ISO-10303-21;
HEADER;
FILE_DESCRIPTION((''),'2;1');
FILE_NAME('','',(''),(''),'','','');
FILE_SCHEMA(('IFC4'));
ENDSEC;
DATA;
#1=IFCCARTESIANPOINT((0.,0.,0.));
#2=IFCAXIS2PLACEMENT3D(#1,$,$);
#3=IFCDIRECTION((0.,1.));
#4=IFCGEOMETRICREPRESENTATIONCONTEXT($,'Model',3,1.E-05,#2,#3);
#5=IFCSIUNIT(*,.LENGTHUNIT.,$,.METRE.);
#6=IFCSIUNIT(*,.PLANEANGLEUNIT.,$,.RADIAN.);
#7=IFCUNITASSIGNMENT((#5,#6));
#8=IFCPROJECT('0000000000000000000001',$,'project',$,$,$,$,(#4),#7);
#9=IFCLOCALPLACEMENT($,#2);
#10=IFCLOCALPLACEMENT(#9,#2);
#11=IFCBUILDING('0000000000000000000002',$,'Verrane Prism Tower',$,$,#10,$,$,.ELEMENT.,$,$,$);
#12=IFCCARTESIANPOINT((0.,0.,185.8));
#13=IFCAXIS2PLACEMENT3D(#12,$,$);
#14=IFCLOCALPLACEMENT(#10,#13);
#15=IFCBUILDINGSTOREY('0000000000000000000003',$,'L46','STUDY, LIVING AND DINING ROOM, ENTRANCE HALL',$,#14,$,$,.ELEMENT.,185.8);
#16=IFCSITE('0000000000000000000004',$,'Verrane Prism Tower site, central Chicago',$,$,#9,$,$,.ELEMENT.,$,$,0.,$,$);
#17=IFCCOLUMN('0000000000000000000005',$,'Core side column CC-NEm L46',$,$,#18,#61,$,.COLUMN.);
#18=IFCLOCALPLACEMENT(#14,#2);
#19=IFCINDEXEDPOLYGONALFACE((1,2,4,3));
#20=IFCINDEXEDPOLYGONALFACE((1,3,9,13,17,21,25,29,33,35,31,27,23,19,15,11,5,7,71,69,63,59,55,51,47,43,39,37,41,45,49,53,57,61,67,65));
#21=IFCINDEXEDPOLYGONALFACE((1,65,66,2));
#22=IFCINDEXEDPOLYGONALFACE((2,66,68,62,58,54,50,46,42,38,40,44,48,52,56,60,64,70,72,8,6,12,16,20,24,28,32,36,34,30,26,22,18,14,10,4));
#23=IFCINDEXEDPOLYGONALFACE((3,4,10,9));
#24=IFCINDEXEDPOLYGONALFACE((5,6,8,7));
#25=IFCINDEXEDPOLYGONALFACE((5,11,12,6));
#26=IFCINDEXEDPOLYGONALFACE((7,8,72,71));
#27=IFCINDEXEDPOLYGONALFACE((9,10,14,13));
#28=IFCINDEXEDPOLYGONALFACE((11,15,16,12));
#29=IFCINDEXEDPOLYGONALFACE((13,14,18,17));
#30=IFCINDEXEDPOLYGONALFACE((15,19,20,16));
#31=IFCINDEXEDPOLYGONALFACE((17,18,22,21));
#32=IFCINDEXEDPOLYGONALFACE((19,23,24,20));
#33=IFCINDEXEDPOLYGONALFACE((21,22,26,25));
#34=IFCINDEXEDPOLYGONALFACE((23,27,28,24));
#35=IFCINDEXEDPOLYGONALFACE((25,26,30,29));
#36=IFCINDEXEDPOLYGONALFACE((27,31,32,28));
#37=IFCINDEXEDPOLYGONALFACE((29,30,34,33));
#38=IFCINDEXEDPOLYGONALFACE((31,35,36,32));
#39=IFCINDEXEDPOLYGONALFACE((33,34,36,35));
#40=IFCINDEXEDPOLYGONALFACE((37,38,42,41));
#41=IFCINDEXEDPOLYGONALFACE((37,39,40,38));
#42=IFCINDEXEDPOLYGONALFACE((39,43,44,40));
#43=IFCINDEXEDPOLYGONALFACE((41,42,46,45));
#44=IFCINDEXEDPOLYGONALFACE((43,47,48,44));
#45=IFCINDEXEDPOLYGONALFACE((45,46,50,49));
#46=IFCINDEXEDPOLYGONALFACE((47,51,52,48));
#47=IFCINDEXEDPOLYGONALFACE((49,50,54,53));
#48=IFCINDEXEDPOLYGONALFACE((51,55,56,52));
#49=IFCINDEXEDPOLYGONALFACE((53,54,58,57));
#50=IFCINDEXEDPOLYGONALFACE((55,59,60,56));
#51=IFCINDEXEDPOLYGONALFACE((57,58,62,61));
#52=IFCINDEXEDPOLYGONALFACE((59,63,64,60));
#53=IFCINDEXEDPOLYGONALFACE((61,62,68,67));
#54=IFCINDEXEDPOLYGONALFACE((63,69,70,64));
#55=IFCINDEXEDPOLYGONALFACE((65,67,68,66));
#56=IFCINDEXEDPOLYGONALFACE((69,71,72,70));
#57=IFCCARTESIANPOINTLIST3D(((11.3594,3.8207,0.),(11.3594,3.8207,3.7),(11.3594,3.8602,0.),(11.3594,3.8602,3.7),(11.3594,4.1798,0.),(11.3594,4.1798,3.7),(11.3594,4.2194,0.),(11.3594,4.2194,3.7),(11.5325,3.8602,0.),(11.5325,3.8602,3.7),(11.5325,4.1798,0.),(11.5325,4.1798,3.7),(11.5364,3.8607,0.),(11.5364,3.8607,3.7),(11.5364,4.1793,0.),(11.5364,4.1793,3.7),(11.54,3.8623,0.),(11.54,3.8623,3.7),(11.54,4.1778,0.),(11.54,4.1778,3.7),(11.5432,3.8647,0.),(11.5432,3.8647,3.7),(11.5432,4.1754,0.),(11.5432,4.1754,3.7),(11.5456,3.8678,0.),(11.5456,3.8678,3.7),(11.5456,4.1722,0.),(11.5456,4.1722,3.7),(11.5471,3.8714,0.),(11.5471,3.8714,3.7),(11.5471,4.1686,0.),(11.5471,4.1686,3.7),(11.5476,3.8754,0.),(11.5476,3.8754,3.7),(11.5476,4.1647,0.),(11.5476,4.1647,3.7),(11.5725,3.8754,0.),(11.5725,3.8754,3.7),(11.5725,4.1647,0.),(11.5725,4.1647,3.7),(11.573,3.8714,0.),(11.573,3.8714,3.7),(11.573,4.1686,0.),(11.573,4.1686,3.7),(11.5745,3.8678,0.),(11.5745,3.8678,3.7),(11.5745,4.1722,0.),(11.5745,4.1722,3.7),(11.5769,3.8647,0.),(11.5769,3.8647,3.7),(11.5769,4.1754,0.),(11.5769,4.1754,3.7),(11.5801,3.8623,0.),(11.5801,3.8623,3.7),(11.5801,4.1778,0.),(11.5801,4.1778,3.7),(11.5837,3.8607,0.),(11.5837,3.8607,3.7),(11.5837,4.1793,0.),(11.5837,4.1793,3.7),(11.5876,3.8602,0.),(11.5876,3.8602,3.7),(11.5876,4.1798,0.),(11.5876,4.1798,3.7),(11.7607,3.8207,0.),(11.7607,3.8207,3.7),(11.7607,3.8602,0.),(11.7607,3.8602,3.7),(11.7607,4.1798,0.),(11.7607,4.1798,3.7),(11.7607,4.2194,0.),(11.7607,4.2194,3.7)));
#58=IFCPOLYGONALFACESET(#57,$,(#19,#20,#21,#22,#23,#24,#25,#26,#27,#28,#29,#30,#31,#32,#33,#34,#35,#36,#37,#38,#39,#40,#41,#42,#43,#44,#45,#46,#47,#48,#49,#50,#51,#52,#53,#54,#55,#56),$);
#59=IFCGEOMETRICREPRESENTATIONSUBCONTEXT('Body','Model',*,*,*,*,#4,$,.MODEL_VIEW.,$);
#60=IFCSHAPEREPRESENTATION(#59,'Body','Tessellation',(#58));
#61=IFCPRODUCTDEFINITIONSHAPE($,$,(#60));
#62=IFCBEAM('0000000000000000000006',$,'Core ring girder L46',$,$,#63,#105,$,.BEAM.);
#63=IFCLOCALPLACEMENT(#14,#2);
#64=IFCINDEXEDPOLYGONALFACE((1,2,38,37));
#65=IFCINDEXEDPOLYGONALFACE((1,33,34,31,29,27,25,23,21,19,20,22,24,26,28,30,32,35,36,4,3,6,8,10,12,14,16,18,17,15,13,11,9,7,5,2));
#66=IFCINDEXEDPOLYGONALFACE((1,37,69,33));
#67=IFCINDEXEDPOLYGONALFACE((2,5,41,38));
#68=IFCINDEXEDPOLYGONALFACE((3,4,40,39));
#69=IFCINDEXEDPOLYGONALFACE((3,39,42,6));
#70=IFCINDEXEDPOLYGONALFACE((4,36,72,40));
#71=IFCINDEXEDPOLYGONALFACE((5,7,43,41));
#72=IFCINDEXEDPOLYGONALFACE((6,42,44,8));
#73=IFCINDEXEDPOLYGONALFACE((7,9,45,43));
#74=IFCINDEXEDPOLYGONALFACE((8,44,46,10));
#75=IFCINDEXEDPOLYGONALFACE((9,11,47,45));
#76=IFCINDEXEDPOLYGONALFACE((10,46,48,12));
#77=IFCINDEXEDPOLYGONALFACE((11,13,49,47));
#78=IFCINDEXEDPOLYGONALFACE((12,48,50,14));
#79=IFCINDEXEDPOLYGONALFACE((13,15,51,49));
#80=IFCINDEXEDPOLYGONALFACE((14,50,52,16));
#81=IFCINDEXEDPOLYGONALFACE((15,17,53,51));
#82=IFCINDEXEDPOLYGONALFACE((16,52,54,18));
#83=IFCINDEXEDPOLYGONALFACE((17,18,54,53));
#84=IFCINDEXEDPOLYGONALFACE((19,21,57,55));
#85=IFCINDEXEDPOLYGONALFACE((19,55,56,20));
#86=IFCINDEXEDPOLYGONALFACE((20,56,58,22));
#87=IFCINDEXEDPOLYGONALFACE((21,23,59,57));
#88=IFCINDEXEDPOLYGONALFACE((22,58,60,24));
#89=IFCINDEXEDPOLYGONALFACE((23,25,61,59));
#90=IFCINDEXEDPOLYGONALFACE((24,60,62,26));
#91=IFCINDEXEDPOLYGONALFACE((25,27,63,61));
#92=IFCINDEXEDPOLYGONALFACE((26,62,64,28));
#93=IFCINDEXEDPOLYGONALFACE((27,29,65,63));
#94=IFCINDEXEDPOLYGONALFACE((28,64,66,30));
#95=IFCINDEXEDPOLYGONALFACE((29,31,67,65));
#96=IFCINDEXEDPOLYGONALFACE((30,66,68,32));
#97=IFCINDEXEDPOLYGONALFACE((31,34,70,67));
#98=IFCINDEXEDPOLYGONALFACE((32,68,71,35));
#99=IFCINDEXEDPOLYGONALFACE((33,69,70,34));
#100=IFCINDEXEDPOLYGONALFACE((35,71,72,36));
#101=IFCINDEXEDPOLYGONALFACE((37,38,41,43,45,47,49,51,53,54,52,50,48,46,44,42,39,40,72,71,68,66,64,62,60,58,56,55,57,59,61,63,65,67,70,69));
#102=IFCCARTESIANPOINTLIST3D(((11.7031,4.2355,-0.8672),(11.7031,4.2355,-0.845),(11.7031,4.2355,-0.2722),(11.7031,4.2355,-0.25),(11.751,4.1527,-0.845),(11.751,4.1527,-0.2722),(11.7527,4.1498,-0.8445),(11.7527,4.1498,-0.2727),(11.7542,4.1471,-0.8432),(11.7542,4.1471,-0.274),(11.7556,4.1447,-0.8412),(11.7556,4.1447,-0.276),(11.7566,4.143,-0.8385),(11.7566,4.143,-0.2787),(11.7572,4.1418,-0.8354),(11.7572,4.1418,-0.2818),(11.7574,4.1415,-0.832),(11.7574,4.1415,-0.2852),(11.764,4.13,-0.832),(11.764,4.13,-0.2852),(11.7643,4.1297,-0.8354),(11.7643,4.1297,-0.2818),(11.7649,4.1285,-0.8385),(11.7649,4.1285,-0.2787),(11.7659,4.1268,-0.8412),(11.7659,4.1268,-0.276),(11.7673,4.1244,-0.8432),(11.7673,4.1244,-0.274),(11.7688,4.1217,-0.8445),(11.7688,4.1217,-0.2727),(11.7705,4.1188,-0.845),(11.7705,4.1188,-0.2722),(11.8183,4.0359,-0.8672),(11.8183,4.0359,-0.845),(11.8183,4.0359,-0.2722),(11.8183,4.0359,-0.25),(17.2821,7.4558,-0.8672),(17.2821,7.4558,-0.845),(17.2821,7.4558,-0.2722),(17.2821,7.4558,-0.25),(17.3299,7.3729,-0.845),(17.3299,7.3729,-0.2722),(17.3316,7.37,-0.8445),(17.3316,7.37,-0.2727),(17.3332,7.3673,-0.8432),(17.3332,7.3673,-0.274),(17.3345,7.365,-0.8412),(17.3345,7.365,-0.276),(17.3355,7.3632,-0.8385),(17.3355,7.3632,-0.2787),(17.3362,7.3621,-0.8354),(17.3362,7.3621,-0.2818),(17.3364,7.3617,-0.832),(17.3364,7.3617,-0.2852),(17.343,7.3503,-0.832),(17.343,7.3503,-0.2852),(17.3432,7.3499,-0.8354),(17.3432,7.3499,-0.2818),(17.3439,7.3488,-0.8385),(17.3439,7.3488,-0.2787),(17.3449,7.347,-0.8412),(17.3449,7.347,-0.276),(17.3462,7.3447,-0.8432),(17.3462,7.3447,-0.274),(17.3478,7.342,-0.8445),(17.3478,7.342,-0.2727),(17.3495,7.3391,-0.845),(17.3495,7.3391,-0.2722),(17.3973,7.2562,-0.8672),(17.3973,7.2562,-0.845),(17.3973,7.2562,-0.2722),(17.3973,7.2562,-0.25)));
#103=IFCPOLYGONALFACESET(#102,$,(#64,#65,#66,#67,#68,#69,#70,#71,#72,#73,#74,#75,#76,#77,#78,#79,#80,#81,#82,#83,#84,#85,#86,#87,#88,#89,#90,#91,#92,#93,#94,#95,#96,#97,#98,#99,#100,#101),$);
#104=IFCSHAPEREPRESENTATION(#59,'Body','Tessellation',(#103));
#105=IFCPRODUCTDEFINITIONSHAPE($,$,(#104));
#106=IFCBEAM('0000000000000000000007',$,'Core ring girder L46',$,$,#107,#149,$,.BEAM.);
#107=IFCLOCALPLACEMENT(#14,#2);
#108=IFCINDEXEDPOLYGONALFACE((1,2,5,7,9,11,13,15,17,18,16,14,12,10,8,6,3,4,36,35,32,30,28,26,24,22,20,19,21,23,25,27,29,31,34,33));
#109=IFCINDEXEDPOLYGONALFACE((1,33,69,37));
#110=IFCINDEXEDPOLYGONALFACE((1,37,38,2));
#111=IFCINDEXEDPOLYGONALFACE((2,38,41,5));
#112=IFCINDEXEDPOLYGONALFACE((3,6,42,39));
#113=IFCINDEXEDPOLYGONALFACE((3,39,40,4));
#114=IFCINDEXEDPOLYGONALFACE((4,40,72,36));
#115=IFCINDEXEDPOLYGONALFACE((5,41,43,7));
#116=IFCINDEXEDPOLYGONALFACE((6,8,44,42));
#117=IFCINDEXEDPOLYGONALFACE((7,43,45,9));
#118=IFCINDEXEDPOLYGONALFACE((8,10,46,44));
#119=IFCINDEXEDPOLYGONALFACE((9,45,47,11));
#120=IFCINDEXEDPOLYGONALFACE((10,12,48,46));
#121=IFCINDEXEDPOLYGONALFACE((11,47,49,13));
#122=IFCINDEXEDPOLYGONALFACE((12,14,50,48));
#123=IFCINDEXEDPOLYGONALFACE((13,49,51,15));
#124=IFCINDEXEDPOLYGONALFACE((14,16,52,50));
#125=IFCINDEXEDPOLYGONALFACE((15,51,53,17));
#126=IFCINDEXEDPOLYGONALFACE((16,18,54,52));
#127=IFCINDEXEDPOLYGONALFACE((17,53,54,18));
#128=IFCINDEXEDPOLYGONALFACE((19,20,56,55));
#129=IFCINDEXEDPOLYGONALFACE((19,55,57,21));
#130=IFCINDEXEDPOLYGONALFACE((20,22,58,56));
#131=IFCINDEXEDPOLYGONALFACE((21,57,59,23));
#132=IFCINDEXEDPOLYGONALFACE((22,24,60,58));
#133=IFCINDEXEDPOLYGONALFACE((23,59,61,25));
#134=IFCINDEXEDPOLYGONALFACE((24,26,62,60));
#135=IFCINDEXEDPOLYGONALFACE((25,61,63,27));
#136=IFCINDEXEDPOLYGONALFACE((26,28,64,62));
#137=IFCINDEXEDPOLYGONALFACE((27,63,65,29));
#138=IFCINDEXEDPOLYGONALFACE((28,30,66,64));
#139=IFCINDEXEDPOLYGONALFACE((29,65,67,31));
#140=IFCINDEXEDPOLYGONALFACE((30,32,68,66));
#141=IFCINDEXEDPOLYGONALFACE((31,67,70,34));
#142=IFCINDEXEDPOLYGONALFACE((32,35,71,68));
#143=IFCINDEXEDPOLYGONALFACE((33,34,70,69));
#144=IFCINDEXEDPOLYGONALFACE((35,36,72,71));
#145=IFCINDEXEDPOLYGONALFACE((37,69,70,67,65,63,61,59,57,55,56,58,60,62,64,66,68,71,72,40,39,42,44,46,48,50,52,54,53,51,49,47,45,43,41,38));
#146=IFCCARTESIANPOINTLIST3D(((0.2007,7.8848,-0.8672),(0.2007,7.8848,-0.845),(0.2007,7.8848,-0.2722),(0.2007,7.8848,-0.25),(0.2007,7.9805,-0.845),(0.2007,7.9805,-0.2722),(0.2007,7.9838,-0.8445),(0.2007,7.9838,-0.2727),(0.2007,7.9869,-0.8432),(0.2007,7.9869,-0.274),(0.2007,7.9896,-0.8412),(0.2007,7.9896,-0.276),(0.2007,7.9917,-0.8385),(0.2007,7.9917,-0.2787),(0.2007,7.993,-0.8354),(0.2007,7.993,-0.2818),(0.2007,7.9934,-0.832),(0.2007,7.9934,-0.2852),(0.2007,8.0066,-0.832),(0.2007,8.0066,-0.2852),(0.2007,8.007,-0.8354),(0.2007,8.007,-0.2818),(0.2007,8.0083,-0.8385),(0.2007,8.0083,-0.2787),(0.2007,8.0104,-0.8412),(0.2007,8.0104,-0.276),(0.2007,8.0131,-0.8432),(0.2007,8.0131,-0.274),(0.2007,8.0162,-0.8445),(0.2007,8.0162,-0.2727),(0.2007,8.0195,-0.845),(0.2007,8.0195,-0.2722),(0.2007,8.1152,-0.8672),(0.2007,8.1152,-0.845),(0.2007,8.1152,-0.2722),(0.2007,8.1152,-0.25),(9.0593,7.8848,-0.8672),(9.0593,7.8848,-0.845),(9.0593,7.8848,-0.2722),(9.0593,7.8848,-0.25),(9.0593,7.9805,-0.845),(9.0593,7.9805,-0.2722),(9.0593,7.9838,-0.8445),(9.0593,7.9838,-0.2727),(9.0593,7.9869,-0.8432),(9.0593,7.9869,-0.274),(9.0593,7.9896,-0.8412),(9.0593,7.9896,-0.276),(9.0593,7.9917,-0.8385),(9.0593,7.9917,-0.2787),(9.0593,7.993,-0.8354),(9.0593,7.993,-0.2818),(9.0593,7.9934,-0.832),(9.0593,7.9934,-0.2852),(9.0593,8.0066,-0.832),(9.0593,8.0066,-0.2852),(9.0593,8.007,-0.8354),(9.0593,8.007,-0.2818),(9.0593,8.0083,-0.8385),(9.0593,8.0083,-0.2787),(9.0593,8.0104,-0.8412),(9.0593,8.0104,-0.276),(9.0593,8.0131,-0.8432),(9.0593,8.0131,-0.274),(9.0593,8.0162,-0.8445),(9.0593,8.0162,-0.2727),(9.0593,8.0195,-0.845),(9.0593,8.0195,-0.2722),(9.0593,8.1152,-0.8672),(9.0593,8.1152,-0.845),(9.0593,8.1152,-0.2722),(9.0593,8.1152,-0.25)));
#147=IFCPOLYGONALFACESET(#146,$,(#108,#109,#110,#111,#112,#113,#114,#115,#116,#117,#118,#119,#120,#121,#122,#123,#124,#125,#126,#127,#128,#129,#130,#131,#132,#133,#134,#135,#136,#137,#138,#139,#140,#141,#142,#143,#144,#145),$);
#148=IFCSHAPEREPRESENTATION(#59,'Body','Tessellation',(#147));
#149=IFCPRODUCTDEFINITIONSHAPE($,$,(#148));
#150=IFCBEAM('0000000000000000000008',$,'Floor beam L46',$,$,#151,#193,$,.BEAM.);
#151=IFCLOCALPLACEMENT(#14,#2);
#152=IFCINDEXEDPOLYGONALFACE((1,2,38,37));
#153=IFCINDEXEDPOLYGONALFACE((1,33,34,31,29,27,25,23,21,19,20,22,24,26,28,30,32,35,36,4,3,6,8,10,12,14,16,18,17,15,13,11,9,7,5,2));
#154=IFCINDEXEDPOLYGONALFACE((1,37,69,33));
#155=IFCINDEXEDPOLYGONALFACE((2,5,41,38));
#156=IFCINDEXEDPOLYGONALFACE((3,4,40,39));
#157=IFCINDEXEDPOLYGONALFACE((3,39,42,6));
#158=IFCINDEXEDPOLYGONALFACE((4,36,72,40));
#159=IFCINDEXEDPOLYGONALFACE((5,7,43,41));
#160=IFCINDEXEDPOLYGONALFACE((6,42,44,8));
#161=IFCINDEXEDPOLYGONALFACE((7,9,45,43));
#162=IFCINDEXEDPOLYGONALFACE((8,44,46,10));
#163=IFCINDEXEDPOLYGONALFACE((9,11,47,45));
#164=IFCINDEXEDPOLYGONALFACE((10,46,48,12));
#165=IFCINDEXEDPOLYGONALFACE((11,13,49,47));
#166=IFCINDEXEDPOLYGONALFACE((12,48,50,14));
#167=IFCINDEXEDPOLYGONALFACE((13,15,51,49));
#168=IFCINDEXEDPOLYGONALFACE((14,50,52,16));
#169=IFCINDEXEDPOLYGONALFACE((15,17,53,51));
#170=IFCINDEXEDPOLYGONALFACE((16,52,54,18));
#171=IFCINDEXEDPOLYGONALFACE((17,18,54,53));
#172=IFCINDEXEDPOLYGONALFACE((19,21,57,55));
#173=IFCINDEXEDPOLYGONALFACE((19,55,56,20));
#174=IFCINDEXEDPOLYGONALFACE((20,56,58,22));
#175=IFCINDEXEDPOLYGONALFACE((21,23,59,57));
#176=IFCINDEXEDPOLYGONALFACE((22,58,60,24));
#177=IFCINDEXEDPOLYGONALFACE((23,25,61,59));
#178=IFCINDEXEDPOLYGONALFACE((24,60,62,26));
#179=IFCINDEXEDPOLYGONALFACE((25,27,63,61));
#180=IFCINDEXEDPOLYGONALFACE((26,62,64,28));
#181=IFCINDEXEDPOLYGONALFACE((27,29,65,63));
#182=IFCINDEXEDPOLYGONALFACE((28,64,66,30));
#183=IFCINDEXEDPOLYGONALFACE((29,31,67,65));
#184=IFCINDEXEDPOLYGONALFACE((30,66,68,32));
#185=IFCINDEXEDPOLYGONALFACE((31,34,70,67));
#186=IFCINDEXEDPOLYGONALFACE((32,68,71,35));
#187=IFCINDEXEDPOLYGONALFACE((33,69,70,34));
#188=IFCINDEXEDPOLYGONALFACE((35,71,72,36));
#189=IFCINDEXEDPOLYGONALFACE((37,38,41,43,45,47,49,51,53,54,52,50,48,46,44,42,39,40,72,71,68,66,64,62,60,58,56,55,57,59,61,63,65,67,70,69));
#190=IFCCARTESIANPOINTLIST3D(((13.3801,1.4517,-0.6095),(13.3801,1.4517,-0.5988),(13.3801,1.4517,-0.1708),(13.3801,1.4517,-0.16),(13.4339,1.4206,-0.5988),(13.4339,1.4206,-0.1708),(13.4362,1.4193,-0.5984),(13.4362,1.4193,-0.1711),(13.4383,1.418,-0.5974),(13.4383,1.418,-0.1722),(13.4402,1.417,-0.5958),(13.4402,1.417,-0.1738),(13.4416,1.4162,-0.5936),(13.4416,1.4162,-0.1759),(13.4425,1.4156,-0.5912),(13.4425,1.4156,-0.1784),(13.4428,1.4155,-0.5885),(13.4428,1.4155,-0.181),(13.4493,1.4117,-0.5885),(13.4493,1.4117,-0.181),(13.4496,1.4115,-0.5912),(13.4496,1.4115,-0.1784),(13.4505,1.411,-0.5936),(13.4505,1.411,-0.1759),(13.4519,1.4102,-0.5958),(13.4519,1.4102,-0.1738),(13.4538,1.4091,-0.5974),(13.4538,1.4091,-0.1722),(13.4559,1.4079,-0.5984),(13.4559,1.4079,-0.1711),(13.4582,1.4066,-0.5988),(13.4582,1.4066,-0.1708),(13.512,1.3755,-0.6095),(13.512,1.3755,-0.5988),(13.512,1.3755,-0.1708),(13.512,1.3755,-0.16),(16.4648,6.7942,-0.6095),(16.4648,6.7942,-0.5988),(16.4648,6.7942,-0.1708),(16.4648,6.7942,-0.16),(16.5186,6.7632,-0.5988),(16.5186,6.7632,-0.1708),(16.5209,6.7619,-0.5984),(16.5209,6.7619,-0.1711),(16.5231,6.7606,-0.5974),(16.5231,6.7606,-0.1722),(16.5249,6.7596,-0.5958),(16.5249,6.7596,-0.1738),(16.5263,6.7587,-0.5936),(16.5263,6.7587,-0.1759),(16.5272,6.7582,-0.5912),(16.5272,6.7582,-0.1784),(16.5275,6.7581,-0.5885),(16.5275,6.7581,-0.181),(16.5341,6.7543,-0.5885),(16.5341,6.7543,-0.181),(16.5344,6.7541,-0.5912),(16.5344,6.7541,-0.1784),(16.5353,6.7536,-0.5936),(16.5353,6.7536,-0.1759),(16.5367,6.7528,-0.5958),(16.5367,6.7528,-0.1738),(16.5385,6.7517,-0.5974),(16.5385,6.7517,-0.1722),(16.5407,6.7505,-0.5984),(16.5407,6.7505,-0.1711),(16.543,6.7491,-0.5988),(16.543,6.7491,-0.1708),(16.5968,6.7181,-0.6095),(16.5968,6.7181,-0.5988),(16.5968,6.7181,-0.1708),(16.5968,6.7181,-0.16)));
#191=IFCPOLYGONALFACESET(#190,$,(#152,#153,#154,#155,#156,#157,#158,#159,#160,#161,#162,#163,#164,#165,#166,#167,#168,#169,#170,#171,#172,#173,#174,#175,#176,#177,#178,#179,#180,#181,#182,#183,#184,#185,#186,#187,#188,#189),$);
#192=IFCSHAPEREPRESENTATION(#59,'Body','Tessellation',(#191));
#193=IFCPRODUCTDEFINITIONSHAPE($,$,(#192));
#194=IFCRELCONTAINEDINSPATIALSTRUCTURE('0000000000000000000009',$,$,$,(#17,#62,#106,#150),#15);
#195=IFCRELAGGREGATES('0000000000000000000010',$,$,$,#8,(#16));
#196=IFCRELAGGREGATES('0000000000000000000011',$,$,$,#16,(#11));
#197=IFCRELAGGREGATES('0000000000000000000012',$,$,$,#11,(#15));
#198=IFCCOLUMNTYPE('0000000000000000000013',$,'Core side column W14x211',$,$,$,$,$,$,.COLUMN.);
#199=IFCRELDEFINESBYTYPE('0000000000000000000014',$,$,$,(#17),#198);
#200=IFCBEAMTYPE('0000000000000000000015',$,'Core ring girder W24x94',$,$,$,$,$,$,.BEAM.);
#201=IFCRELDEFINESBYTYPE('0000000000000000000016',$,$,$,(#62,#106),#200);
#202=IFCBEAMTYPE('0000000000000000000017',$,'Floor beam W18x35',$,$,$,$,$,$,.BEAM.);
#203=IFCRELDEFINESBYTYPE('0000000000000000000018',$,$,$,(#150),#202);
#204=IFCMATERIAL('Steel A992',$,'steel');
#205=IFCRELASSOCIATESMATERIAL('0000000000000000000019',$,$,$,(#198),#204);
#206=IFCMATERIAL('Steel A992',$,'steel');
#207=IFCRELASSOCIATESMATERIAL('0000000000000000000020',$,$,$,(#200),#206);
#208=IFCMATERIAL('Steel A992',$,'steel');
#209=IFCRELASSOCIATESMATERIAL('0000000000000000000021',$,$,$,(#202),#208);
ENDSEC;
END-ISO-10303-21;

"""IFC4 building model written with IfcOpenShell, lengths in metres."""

from ifc_helpers import new_model, si_unit, direction, frame, origin, origin_2d, place, context, subcontext, project, spatial, i_section, extrude, material, material_profile, profile_set, type_object, element, save


model = new_model("IFC4")

# Units and contexts
model_context = context("Model", 3, precision=1e-05, world=origin(), true_north=direction((0.0, 1.0)))
body_context = subcontext(model_context, "Body", "Model", "MODEL_VIEW")
ifc_project = project(units=[si_unit("LENGTHUNIT", "METRE"), si_unit("PLANEANGLEUNIT", "RADIAN")], contexts=[model_context])

# Site, building, storey
site_placement = place(None, origin())
site = spatial("IfcSite", under=ifc_project, at=site_placement, Name="Verrane Prism Tower site, central Chicago", CompositionType="ELEMENT", RefElevation=0.0)
building_placement = place(site_placement, origin())
building = spatial("IfcBuilding", under=site, at=building_placement, Name="Verrane Prism Tower", CompositionType="ELEMENT")
storey_placement = place(building_placement, frame((0.0, 0.0, 185.8)))
storey = spatial("IfcBuildingStorey", under=building, at=storey_placement, Name="L46", Description="STUDY, LIVING AND DINING ROOM, ENTRANCE HALL", CompositionType="ELEMENT", Elevation=185.8)

# Column
ifc_material_1 = material(Name="Steel A992", Category="steel")
ifc_material_profile_1 = material_profile(ifc_material_1, i_section(OverallWidth=0.4014, OverallDepth=0.3987, WebThickness=0.0249, FlangeThickness=0.0396, FilletRadius=0.0151, at=origin_2d()), Name="W14x211")
ifc_profile_set_1 = profile_set([ifc_material_profile_1], Name="Steel A992")
column_type = type_object("IfcColumnType", Name="Core side column W14x211", PredefinedType="COLUMN", material=ifc_profile_set_1)
column_placement = place(storey_placement, frame((11.5601, 4.02, 0.0), z_axis=(0.0, 0.0, 1.0), x_axis=(1.0, 0.0, 0.0)))
element("IfcColumn", 1, at=column_placement, inside=storey, type_object=column_type, Name="Core side column CC-NEm L46", PredefinedType="COLUMN", context=body_context, shape_type="SweptSolid", body=[
    extrude(i_section(OverallWidth=0.4014, OverallDepth=0.3987, WebThickness=0.0249, FlangeThickness=0.0396, FilletRadius=0.0151, at=origin_2d()), origin(), (0.0, 0.0, 1.0), 3.7),
])

# Beams
ifc_material_2 = material(Name="Steel A992", Category="steel")
ifc_material_profile_2 = material_profile(ifc_material_2, i_section(OverallWidth=0.2305, OverallDepth=0.6172, WebThickness=0.0132, FlangeThickness=0.0222, FilletRadius=0.0129, at=origin_2d()), Name="W24x94")
ifc_profile_set_2 = profile_set([ifc_material_profile_2], Name="Steel A992")
beam_type_1 = type_object("IfcBeamType", Name="Core ring girder W24x94", PredefinedType="BEAM", material=ifc_profile_set_2)
beam_1_placement = place(storey_placement, frame((11.7607, 4.1357, -0.5586), z_axis=(0.866075, 0.499914, 0.0), x_axis=(-0.499914, 0.866075, 0.0)))
element("IfcBeam", 2, at=beam_1_placement, inside=storey, type_object=beam_type_1, Name="Core ring girder L46", PredefinedType="BEAM", context=body_context, shape_type="SweptSolid", body=[
    extrude(i_section(OverallWidth=0.2305, OverallDepth=0.6172, WebThickness=0.0132, FlangeThickness=0.0222, FilletRadius=0.0129, at=origin_2d()), origin(), (0.0, 0.0, 1.0), 6.4417),
])
beam_2_placement = place(storey_placement, frame((9.0593, 8.0, -0.5586), z_axis=(-1.0, 0.0, 0.0), x_axis=(0.0, -1.0, 0.0)))
element("IfcBeam", 3, at=beam_2_placement, inside=storey, type_object=beam_type_1, Name="Core ring girder L46", PredefinedType="BEAM", context=body_context, shape_type="SweptSolid", body=[
    extrude(i_section(OverallWidth=0.2305, OverallDepth=0.6172, WebThickness=0.0132, FlangeThickness=0.0222, FilletRadius=0.0129, at=origin_2d()), origin(), (0.0, 0.0, 1.0), 8.8586),
])
ifc_material_3 = material(Name="Steel A992", Category="steel")
ifc_material_profile_3 = material_profile(ifc_material_3, i_section(OverallWidth=0.1523, OverallDepth=0.4495, WebThickness=0.0076, FlangeThickness=0.0107, FilletRadius=0.0103, at=origin_2d()), Name="W18x35")
ifc_profile_set_3 = profile_set([ifc_material_profile_3], Name="Steel A992")
beam_type_2 = type_object("IfcBeamType", Name="Floor beam W18x35", PredefinedType="BEAM", material=ifc_profile_set_3)
beam_3_placement = place(storey_placement, frame((13.446, 1.4136, -0.3848), z_axis=(0.500025, 0.866011, 0.0), x_axis=(-0.866011, 0.500025, 0.0)))
element("IfcBeam", 4, at=beam_3_placement, inside=storey, type_object=beam_type_2, Name="Floor beam L46", PredefinedType="BEAM", context=body_context, shape_type="SweptSolid", body=[
    extrude(i_section(OverallWidth=0.1523, OverallDepth=0.4495, WebThickness=0.0076, FlangeThickness=0.0107, FilletRadius=0.0103, at=origin_2d()), origin(), (0.0, 0.0, 1.0), 6.1692),
])

save(model, "model.ifc")
